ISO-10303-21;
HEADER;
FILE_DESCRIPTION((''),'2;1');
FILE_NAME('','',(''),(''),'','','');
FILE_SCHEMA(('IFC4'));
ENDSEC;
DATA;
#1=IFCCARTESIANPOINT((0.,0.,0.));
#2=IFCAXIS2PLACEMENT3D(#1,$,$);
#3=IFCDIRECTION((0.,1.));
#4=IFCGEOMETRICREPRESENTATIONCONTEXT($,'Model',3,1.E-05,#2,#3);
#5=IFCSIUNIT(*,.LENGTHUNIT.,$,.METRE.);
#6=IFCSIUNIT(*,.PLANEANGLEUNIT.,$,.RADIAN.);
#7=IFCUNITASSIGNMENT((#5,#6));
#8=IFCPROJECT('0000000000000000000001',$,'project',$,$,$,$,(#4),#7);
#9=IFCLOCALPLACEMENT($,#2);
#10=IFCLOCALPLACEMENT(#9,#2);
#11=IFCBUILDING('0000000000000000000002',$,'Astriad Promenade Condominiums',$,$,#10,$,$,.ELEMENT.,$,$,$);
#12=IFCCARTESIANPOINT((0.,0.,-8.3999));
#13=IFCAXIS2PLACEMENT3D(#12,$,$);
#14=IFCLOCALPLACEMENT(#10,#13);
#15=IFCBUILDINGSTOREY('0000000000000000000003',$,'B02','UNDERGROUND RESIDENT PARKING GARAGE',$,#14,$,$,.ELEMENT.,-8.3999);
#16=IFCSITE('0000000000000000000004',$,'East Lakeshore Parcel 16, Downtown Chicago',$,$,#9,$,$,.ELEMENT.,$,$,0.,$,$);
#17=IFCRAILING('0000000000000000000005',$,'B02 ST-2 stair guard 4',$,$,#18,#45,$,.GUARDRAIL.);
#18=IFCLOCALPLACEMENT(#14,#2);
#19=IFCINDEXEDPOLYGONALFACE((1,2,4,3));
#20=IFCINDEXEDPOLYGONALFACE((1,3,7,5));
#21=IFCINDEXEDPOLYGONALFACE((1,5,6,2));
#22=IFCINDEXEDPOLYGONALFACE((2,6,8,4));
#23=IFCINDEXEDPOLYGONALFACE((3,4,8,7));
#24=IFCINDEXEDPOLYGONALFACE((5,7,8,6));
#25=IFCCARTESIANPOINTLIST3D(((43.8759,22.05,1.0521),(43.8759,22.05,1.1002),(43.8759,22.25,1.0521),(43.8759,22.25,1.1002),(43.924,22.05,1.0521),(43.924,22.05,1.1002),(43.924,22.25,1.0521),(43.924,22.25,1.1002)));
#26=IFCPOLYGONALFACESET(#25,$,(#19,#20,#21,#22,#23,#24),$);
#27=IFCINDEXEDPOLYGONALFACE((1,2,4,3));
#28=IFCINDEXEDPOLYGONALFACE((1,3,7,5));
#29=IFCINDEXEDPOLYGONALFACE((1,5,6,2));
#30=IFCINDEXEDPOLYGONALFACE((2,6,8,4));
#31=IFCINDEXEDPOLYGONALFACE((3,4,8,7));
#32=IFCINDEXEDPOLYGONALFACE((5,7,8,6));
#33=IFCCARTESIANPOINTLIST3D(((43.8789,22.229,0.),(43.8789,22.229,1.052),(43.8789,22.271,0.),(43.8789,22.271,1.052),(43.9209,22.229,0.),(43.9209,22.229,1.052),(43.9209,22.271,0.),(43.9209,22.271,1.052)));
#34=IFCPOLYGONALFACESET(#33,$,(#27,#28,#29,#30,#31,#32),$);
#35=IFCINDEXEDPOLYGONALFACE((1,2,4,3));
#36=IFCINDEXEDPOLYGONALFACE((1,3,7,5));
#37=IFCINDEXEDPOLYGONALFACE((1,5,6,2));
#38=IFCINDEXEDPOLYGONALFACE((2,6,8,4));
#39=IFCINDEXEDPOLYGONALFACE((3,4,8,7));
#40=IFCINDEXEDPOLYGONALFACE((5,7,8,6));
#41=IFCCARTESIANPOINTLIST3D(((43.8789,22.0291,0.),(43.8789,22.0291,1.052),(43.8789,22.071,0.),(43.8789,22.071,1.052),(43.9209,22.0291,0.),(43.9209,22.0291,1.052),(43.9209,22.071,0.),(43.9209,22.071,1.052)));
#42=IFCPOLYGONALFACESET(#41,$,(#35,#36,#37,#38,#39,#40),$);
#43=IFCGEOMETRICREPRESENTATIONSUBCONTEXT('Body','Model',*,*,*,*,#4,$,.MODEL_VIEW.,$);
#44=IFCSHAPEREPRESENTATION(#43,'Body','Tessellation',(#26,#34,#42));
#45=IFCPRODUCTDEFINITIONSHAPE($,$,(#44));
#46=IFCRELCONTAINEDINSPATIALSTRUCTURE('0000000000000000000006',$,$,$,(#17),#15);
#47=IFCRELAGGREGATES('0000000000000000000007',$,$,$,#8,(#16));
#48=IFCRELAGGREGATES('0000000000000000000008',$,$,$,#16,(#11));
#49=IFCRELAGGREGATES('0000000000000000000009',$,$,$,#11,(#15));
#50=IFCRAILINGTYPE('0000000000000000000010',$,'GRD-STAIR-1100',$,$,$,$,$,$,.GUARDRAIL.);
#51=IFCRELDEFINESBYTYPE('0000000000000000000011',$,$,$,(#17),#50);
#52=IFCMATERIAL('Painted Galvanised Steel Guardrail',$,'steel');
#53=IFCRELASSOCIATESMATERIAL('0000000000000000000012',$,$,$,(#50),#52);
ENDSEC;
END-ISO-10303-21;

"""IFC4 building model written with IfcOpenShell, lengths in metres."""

from ifc_helpers import new_model, si_unit, direction, frame, origin, origin_2d, place, context, subcontext, project, spatial, rectangle, extrude, source, transform, mapped, material, type_object, element, save


model = new_model("IFC4")

# Units and contexts
model_context = context("Model", 3, precision=1e-05, world=origin(), true_north=direction((0.0, 1.0)))
body_context = subcontext(model_context, "Body", "Model", "MODEL_VIEW")
ifc_project = project(units=[si_unit("LENGTHUNIT", "METRE"), si_unit("PLANEANGLEUNIT", "RADIAN")], contexts=[model_context])

# Site, building, storey
site_placement = place(None, origin())
site = spatial("IfcSite", under=ifc_project, at=site_placement, Name="East Lakeshore Parcel 16, Downtown Chicago", CompositionType="ELEMENT", RefElevation=0.0)
building_placement = place(site_placement, origin())
building = spatial("IfcBuilding", under=site, at=building_placement, Name="Astriad Promenade Condominiums", CompositionType="ELEMENT")
storey_placement = place(building_placement, frame((0.0, 0.0, -8.3999)))
storey = spatial("IfcBuildingStorey", under=building, at=storey_placement, Name="B02", Description="UNDERGROUND RESIDENT PARKING GARAGE", CompositionType="ELEMENT", Elevation=-8.3999)

# Railing
ifc_material_1 = material(Name="Painted Galvanised Steel Guardrail", Category="steel")
railing_type_1 = type_object("IfcRailingType", Name="GRD-STAIR-1100", PredefinedType="GUARDRAIL", material=ifc_material_1)
shared_shape_1 = source(origin(), body_context, "Body", "SweptSolid", [
    extrude(rectangle(XDim=0.0481, YDim=0.0481, at=origin_2d()), frame((0.0, 0.0, 1.0762), z_axis=(0.0, -1.0, 0.0), x_axis=(1.0, 0.0, 0.0)), (0.0, 0.0, 1.0), 0.2),
    extrude(rectangle(XDim=0.042, YDim=0.042, at=origin_2d()), origin(), (0.0, 0.0, 1.0), 1.052),
    extrude(rectangle(XDim=0.042, YDim=0.042, at=origin_2d()), frame((0.0, -0.2, 0.0)), (0.0, 0.0, 1.0), 1.052),
])
for number, where, name in (
    (1, (43.8999, 22.25, 0.0), "B02 ST-2 stair guard 4"),
):
    element("IfcRailing", number, at=place(storey_placement, frame(where)), inside=storey, type_object=railing_type_1, Name=name, PredefinedType="GUARDRAIL", context=body_context, shape_type="MappedRepresentation", body=[
        mapped(shared_shape_1, transform((0.0, 0.0, 0.0), scale=1.0)),
    ])

save(model, "model.ifc")
